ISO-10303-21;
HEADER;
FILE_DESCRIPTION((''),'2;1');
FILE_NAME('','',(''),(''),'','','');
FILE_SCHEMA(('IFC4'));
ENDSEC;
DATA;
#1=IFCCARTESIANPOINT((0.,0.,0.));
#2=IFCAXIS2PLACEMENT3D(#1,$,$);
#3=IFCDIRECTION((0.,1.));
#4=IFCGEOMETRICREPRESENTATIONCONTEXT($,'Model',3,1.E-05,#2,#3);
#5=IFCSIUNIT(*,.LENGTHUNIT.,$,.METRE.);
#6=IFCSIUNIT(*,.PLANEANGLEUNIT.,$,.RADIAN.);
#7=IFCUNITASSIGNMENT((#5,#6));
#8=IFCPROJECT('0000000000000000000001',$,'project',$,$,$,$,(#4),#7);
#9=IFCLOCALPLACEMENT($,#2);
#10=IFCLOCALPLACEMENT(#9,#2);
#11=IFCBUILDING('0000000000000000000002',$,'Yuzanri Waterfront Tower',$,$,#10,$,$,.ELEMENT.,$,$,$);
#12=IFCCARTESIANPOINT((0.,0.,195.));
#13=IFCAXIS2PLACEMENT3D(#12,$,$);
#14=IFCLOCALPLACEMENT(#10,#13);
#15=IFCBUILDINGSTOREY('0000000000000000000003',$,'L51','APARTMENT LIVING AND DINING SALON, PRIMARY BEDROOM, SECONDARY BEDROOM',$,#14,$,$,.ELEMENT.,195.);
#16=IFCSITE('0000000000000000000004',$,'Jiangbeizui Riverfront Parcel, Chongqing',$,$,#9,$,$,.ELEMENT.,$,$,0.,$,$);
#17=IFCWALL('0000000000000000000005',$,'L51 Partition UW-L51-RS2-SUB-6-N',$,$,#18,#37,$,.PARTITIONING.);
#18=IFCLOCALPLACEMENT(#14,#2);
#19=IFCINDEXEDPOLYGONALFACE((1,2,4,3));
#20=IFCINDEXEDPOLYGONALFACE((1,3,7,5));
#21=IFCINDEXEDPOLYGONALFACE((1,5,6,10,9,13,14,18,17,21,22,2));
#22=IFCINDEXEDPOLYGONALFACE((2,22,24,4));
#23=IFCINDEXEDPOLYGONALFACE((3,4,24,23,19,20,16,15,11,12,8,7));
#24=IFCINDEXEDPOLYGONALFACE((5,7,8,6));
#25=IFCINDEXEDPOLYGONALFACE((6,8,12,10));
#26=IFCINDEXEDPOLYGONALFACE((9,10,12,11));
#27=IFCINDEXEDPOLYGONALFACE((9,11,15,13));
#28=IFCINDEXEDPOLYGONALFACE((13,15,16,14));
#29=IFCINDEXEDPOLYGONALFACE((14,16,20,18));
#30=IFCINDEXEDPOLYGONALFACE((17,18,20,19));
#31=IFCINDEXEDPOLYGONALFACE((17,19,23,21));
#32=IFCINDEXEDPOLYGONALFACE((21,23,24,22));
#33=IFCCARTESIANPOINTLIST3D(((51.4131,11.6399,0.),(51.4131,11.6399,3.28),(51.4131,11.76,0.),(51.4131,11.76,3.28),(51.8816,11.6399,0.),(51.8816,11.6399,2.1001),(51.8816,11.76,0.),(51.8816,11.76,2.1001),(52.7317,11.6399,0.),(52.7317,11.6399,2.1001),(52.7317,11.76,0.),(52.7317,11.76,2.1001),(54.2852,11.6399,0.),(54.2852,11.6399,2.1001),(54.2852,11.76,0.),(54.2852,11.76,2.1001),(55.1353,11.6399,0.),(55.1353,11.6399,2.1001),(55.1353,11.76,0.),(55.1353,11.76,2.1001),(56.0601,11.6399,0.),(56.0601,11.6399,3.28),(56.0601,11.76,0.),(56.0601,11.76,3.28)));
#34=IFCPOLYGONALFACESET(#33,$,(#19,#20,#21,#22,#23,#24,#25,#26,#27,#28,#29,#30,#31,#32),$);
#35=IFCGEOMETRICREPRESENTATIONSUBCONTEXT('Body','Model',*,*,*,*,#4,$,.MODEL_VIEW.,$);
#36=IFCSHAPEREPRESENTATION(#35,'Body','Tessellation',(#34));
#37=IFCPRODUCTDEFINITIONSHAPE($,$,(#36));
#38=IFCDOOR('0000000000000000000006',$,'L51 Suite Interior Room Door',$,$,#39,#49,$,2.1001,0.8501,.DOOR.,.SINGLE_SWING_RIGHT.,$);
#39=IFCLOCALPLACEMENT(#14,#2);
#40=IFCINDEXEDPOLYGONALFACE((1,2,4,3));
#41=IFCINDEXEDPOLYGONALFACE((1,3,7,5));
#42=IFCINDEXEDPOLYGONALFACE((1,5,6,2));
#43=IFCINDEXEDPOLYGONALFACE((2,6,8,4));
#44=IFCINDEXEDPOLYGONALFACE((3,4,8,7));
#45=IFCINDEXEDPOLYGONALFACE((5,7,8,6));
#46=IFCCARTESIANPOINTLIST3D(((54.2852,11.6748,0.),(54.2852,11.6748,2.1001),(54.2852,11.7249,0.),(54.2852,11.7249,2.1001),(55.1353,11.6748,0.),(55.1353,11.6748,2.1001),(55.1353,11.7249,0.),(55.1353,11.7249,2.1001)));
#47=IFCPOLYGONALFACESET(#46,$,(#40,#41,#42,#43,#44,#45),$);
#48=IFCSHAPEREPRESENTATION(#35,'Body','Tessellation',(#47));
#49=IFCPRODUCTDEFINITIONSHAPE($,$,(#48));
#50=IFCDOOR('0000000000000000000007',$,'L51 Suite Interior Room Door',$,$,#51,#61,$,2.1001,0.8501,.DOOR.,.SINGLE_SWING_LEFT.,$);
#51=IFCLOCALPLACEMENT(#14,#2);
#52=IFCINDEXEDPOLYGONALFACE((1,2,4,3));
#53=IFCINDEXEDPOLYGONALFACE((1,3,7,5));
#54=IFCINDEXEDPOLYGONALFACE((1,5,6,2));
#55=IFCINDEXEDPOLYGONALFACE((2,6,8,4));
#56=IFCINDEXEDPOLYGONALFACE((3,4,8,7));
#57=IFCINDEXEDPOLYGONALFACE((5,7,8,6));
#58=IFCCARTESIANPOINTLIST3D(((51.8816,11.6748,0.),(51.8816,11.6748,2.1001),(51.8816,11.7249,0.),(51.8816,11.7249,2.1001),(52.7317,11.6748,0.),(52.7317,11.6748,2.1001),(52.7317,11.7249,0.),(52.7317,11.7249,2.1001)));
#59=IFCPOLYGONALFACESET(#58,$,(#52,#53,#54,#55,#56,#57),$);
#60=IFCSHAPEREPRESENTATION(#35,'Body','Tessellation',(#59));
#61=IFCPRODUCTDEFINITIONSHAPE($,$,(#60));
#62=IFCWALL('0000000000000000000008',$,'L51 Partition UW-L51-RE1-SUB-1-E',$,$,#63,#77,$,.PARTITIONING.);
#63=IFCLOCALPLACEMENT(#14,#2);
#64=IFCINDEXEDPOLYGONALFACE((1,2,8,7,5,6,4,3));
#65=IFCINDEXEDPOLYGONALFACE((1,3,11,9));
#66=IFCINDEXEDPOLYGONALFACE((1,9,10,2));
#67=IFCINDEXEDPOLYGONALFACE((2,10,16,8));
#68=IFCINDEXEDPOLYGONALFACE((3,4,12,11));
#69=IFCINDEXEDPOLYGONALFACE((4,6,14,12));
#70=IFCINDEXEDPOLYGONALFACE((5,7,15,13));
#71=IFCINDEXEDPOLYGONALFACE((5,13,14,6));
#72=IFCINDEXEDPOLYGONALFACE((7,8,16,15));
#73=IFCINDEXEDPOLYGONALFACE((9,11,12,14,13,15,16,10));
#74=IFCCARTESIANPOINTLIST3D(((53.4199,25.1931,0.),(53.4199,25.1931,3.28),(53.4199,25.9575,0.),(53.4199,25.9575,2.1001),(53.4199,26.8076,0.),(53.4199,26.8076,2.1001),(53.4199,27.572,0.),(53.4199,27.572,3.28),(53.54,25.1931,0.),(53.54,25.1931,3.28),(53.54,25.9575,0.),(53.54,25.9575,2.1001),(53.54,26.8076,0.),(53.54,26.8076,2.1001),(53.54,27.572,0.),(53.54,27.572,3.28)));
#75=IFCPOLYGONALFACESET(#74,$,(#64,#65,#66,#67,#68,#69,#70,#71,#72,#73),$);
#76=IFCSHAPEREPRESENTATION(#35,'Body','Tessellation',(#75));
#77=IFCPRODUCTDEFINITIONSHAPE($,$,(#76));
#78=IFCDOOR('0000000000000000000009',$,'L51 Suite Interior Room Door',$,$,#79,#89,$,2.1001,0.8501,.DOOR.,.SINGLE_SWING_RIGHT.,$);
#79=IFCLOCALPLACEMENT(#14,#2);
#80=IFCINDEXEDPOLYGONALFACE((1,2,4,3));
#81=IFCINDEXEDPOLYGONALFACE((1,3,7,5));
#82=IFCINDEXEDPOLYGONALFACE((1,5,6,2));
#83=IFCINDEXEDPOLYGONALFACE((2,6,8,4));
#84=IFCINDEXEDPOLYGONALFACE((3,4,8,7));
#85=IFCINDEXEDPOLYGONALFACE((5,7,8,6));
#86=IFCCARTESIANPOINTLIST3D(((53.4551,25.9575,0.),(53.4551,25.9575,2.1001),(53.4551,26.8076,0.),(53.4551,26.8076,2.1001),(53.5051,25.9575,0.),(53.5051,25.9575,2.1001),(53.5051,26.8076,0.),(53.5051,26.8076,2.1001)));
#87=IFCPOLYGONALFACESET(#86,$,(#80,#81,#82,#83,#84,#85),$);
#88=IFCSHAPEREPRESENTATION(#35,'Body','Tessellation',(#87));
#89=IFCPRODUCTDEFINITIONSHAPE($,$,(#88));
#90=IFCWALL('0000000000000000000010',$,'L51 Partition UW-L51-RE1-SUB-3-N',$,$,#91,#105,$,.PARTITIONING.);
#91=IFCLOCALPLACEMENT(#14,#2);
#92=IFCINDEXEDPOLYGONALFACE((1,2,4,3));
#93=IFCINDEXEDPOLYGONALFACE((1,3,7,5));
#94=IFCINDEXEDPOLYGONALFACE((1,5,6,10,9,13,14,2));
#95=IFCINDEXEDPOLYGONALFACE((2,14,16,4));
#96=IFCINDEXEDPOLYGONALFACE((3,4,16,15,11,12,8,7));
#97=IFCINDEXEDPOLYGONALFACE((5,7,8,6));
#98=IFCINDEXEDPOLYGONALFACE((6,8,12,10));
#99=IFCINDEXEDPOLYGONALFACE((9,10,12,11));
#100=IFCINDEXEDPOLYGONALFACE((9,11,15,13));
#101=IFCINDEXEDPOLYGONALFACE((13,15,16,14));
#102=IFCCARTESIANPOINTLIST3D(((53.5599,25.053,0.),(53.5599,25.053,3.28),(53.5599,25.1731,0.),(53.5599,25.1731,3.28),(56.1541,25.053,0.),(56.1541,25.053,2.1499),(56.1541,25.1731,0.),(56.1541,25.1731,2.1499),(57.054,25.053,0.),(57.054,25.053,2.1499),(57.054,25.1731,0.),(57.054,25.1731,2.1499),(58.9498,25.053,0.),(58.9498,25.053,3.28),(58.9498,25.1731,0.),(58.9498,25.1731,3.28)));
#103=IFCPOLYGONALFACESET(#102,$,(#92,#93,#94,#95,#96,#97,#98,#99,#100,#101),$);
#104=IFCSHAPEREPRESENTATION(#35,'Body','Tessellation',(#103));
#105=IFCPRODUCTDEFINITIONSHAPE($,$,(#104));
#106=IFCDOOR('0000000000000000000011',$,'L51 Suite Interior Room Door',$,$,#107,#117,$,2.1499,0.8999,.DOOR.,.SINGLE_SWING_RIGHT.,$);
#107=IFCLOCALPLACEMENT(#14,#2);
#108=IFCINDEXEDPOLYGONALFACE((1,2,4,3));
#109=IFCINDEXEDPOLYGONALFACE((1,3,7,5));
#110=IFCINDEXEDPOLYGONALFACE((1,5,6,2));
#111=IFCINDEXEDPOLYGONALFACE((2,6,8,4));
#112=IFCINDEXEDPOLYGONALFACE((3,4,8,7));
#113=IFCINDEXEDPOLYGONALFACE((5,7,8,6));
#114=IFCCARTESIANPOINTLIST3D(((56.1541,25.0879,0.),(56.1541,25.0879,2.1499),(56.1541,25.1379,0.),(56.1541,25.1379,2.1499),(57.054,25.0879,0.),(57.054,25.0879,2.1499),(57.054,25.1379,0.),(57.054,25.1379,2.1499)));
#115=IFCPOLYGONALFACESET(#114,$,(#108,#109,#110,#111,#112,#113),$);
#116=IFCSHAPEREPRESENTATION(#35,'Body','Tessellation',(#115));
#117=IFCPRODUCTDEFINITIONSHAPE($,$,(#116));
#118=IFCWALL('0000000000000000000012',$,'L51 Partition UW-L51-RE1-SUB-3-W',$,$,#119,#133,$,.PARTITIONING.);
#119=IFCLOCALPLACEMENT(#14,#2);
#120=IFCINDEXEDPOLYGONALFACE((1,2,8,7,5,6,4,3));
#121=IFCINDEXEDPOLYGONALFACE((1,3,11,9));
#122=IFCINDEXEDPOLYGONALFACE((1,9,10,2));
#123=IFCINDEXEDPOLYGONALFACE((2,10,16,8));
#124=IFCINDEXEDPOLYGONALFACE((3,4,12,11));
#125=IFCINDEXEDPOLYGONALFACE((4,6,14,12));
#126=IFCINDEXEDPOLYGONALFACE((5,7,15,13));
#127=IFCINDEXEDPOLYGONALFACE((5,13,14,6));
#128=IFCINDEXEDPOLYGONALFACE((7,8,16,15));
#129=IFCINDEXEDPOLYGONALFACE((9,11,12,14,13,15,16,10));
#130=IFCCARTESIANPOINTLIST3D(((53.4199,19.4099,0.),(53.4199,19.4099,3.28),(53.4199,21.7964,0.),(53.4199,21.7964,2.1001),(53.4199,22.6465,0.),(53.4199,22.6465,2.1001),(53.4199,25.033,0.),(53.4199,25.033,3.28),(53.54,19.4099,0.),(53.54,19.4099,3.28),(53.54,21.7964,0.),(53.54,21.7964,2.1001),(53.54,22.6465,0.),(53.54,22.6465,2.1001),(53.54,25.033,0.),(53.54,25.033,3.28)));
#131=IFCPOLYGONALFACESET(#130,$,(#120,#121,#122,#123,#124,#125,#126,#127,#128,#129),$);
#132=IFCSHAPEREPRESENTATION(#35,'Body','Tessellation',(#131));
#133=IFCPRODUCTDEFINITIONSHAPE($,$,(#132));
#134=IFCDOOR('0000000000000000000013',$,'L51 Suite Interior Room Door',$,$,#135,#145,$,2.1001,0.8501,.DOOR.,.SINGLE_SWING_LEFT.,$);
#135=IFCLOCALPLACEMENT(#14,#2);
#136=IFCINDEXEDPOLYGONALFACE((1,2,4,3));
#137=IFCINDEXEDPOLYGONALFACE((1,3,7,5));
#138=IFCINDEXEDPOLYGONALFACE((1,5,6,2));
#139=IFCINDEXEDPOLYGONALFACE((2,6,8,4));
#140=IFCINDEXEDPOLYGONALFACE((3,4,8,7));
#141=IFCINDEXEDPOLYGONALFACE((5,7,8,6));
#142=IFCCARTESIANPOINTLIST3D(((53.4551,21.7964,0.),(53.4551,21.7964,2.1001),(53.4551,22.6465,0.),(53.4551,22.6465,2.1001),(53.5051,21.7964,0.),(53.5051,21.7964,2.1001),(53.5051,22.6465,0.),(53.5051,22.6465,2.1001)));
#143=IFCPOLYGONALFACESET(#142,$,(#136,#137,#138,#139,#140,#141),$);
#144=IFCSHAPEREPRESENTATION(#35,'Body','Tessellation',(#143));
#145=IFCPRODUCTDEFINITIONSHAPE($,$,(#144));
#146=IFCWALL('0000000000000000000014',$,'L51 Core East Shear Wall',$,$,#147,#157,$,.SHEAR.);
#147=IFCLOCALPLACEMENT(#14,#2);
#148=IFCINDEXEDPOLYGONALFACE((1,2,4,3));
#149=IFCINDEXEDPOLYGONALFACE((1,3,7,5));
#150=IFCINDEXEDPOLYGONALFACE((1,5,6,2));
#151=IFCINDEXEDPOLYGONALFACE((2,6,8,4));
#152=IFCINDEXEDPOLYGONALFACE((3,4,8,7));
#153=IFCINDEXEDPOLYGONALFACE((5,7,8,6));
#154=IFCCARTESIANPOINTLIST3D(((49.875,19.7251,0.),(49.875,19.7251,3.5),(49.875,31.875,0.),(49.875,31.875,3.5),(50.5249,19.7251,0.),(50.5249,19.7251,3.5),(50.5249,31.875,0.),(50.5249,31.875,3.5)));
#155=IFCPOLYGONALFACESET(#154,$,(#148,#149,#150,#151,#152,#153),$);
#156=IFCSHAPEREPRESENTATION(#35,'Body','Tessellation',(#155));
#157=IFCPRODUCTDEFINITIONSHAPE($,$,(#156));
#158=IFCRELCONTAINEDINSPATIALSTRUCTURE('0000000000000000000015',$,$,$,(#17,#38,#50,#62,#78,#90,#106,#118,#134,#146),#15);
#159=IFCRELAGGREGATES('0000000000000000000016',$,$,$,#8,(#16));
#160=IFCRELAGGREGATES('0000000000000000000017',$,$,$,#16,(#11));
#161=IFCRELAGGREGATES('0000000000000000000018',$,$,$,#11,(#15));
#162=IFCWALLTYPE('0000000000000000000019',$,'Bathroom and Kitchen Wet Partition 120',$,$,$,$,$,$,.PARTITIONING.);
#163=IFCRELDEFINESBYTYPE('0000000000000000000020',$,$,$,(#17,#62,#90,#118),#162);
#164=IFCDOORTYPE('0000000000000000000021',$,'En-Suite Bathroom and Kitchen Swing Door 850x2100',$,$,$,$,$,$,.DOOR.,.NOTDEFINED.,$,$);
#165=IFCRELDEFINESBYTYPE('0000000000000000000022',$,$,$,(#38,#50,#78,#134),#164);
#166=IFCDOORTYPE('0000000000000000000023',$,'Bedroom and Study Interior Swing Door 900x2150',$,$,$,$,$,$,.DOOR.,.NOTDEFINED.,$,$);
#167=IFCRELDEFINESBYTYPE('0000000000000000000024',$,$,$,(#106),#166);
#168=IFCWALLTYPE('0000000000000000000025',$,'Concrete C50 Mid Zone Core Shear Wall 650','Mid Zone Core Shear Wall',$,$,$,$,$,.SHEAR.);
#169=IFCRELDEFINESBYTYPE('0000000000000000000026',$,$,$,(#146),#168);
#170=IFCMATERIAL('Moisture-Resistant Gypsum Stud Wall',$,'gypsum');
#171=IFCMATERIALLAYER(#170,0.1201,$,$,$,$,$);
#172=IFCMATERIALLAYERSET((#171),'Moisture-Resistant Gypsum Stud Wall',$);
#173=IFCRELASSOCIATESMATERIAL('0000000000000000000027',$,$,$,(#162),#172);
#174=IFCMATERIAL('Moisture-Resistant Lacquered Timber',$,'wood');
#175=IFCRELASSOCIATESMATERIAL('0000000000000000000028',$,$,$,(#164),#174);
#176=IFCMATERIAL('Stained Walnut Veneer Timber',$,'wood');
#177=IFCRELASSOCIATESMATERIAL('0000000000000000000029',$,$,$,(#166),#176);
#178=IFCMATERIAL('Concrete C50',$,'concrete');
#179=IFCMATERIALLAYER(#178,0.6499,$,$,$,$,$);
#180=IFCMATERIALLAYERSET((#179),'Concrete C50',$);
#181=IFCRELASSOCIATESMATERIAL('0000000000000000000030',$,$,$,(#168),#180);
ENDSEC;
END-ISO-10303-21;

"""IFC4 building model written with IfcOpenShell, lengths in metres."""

from ifc_helpers import new_model, si_unit, direction, frame, frame_2d, origin, place, context, subcontext, project, spatial, rectangle, extrude, source, transform, mapped, material, layer, layer_set, type_object, element, fill, save


model = new_model("IFC4")

# Units and contexts
model_context = context("Model", 3, precision=1e-05, world=origin(), true_north=direction((0.0, 1.0)))
body_context = subcontext(model_context, "Body", "Model", "MODEL_VIEW")
ifc_project = project(units=[si_unit("LENGTHUNIT", "METRE"), si_unit("PLANEANGLEUNIT", "RADIAN")], contexts=[model_context])

# Site, building, storey
site_placement = place(None, origin())
site = spatial("IfcSite", under=ifc_project, at=site_placement, Name="Jiangbeizui Riverfront Parcel, Chongqing", CompositionType="ELEMENT", RefElevation=0.0)
building_placement = place(site_placement, origin())
building = spatial("IfcBuilding", under=site, at=building_placement, Name="Yuzanri Waterfront Tower", CompositionType="ELEMENT")
storey_placement = place(building_placement, frame((0.0, 0.0, 195.0)))
storey = spatial("IfcBuildingStorey", under=building, at=storey_placement, Name="L51", Description="APARTMENT LIVING AND DINING SALON, PRIMARY BEDROOM, SECONDARY BEDROOM", CompositionType="ELEMENT", Elevation=195.0)

# Wall, openings, doors
ifc_material_1 = material(Name="Moisture-Resistant Gypsum Stud Wall", Category="gypsum")
ifc_layer_1 = layer(ifc_material_1, 0.1201)
ifc_layer_set_1 = layer_set([ifc_layer_1], Name="Moisture-Resistant Gypsum Stud Wall")
wall_type_1 = type_object("IfcWallType", Name="Bathroom and Kitchen Wet Partition 120", PredefinedType="PARTITIONING", material=ifc_layer_set_1)
wall_1_placement = place(storey_placement, frame((51.4131, 11.7, 0.0), z_axis=(0.0, 0.0, 1.0), x_axis=(1.0, 0.0, 0.0)))
wall_1 = element("IfcWall", 1, at=wall_1_placement, inside=storey, type_object=wall_type_1, Name="L51 Partition UW-L51-RS2-SUB-6-N", PredefinedType="PARTITIONING", context=body_context, shape_type="SweptSolid", body=[
    extrude(rectangle(XDim=4.647, YDim=0.1201, at=frame_2d((2.3235, 0.0))), origin(), (0.0, 0.0, 1.0), 3.28),
])
opening_1_placement = place(wall_1_placement, frame((2.8721, 0.0, 0.0)))
opening_1 = element("IfcOpeningElement", 2, at=opening_1_placement, cuts=wall_1, PredefinedType="OPENING", context=body_context, shape_type="SweptSolid", body=[
    extrude(rectangle(XDim=0.8501, YDim=2.1001, at=frame_2d((0.425, 1.05))), frame((0.0, 0.075, 0.0), z_axis=(0.0, -1.0, 0.0), x_axis=(1.0, 0.0, 0.0)), (0.0, 0.0, 1.0), 0.1499),
])
opening_2_placement = place(wall_1_placement, frame((0.4685, 0.0, 0.0)))
opening_2 = element("IfcOpeningElement", 3, at=opening_2_placement, cuts=wall_1, PredefinedType="OPENING", context=body_context, shape_type="SweptSolid", body=[
    extrude(rectangle(XDim=0.8501, YDim=2.1001, at=frame_2d((0.425, 1.05))), frame((0.0, 0.075, 0.0), z_axis=(0.0, -1.0, 0.0), x_axis=(1.0, 0.0, 0.0)), (0.0, 0.0, 1.0), 0.1499),
])
ifc_material_2 = material(Name="Moisture-Resistant Lacquered Timber", Category="wood")
door_type_1 = type_object("IfcDoorType", Name="En-Suite Bathroom and Kitchen Swing Door 850x2100", OperationType="NOTDEFINED", PredefinedType="DOOR", material=ifc_material_2)
shared_shape_1 = source(origin(), body_context, "Body", "SweptSolid", [
    extrude(rectangle(XDim=0.8501, YDim=2.1001, at=frame_2d((0.425, 1.05))), frame((0.0, 0.0249, 0.0), z_axis=(0.0, -1.0, 0.0), x_axis=(1.0, 0.0, 0.0)), (0.0, 0.0, 1.0), 0.05),
])
door_1_placement = place(opening_1_placement, origin())
door_1 = element("IfcDoor", 4, at=door_1_placement, inside=storey, type_object=door_type_1, Name="L51 Suite Interior Room Door", OperationType="SINGLE_SWING_RIGHT", OverallHeight=2.1001, OverallWidth=0.8501, PredefinedType="DOOR", context=body_context, shape_type="MappedRepresentation", body=[
    mapped(shared_shape_1, transform((0.0, 0.0, 0.0), scale=1.0)),
])
fill(opening_1, door_1)
door_2_placement = place(opening_2_placement, origin())
door_2 = element("IfcDoor", 5, at=door_2_placement, inside=storey, type_object=door_type_1, Name="L51 Suite Interior Room Door", OperationType="SINGLE_SWING_LEFT", OverallHeight=2.1001, OverallWidth=0.8501, PredefinedType="DOOR", context=body_context, shape_type="MappedRepresentation", body=[
    mapped(shared_shape_1, transform((0.0, 0.0, 0.0), scale=1.0)),
])
fill(opening_2, door_2)

# Walls, openings, doors
wall_2_placement = place(storey_placement, frame((53.48, 25.1931, 0.0), z_axis=(0.0, 0.0, 1.0), x_axis=(0.0, 1.0, 0.0)))
wall_2 = element("IfcWall", 6, at=wall_2_placement, inside=storey, type_object=wall_type_1, Name="L51 Partition UW-L51-RE1-SUB-1-E", PredefinedType="PARTITIONING", context=body_context, shape_type="SweptSolid", body=[
    extrude(rectangle(XDim=2.3789, YDim=0.1201, at=frame_2d((1.1895, 0.0))), origin(), (0.0, 0.0, 1.0), 3.28),
])
opening_3_placement = place(wall_2_placement, frame((0.7644, 0.0, 0.0)))
opening_3 = element("IfcOpeningElement", 7, at=opening_3_placement, cuts=wall_2, PredefinedType="OPENING", context=body_context, shape_type="SweptSolid", body=[
    extrude(rectangle(XDim=0.8501, YDim=2.1001, at=frame_2d((0.425, 1.05))), frame((0.0, 0.075, 0.0), z_axis=(0.0, -1.0, 0.0), x_axis=(1.0, 0.0, 0.0)), (0.0, 0.0, 1.0), 0.1499),
])
door_3_placement = place(opening_3_placement, origin())
door_3 = element("IfcDoor", 8, at=door_3_placement, inside=storey, type_object=door_type_1, Name="L51 Suite Interior Room Door", OperationType="SINGLE_SWING_RIGHT", OverallHeight=2.1001, OverallWidth=0.8501, PredefinedType="DOOR", context=body_context, shape_type="MappedRepresentation", body=[
    mapped(shared_shape_1, transform((0.0, 0.0, 0.0), scale=1.0)),
])
fill(opening_3, door_3)
wall_3_placement = place(storey_placement, frame((53.5601, 25.113, 0.0), z_axis=(0.0, 0.0, 1.0), x_axis=(1.0, 0.0, 0.0)))
wall_3 = element("IfcWall", 9, at=wall_3_placement, inside=storey, type_object=wall_type_1, Name="L51 Partition UW-L51-RE1-SUB-3-N", PredefinedType="PARTITIONING", context=body_context, shape_type="SweptSolid", body=[
    extrude(rectangle(XDim=5.3899, YDim=0.1201, at=frame_2d((2.6948, 0.0))), origin(), (0.0, 0.0, 1.0), 3.28),
])
opening_4_placement = place(wall_3_placement, frame((2.594, 0.0, 0.0)))
opening_4 = element("IfcOpeningElement", 10, at=opening_4_placement, cuts=wall_3, PredefinedType="OPENING", context=body_context, shape_type="SweptSolid", body=[
    extrude(rectangle(XDim=0.8999, YDim=2.1499, at=frame_2d((0.45, 1.075))), frame((0.0, 0.075, 0.0), z_axis=(0.0, -1.0, 0.0), x_axis=(1.0, 0.0, 0.0)), (0.0, 0.0, 1.0), 0.1499),
])
ifc_material_3 = material(Name="Stained Walnut Veneer Timber", Category="wood")
door_type_2 = type_object("IfcDoorType", Name="Bedroom and Study Interior Swing Door 900x2150", OperationType="NOTDEFINED", PredefinedType="DOOR", material=ifc_material_3)
shared_shape_2 = source(origin(), body_context, "Body", "SweptSolid", [
    extrude(rectangle(XDim=0.8999, YDim=2.1499, at=frame_2d((0.45, 1.075))), frame((0.0, 0.0249, 0.0), z_axis=(0.0, -1.0, 0.0), x_axis=(1.0, 0.0, 0.0)), (0.0, 0.0, 1.0), 0.05),
])
door_4_placement = place(opening_4_placement, origin())
door_4 = element("IfcDoor", 11, at=door_4_placement, inside=storey, type_object=door_type_2, Name="L51 Suite Interior Room Door", OperationType="SINGLE_SWING_RIGHT", OverallHeight=2.1499, OverallWidth=0.8999, PredefinedType="DOOR", context=body_context, shape_type="MappedRepresentation", body=[
    mapped(shared_shape_2, transform((0.0, 0.0, 0.0), scale=1.0)),
])
fill(opening_4, door_4)
wall_4_placement = place(storey_placement, frame((53.48, 19.4099, 0.0), z_axis=(0.0, 0.0, 1.0), x_axis=(0.0, 1.0, 0.0)))
wall_4 = element("IfcWall", 12, at=wall_4_placement, inside=storey, type_object=wall_type_1, Name="L51 Partition UW-L51-RE1-SUB-3-W", PredefinedType="PARTITIONING", context=body_context, shape_type="SweptSolid", body=[
    extrude(rectangle(XDim=5.623, YDim=0.1201, at=frame_2d((2.8115, 0.0))), origin(), (0.0, 0.0, 1.0), 3.28),
])
opening_5_placement = place(wall_4_placement, frame((2.3865, 0.0, 0.0)))
opening_5 = element("IfcOpeningElement", 13, at=opening_5_placement, cuts=wall_4, PredefinedType="OPENING", context=body_context, shape_type="SweptSolid", body=[
    extrude(rectangle(XDim=0.8501, YDim=2.1001, at=frame_2d((0.425, 1.05))), frame((0.0, 0.075, 0.0), z_axis=(0.0, -1.0, 0.0), x_axis=(1.0, 0.0, 0.0)), (0.0, 0.0, 1.0), 0.1499),
])
door_5_placement = place(opening_5_placement, origin())
door_5 = element("IfcDoor", 14, at=door_5_placement, inside=storey, type_object=door_type_1, Name="L51 Suite Interior Room Door", OperationType="SINGLE_SWING_LEFT", OverallHeight=2.1001, OverallWidth=0.8501, PredefinedType="DOOR", context=body_context, shape_type="MappedRepresentation", body=[
    mapped(shared_shape_1, transform((0.0, 0.0, 0.0), scale=1.0)),
])
fill(opening_5, door_5)

# Wall
ifc_material_4 = material(Name="Concrete C50", Category="concrete")
ifc_layer_2 = layer(ifc_material_4, 0.6499)
ifc_layer_set_2 = layer_set([ifc_layer_2], Name="Concrete C50")
wall_type_2 = type_object("IfcWallType", Name="Concrete C50 Mid Zone Core Shear Wall 650", Description="Mid Zone Core Shear Wall", PredefinedType="SHEAR", material=ifc_layer_set_2)
shared_shape_3 = source(origin(), body_context, "Body", "SweptSolid", [
    extrude(rectangle(XDim=12.1499, YDim=0.6499, at=frame_2d((6.075, 0.0))), origin(), (0.0, 0.0, 1.0), 3.5),
])
wall_5_placement = place(storey_placement, frame((50.2, 19.7251, 0.0), z_axis=(0.0, 0.0, 1.0), x_axis=(0.0, 1.0, 0.0)))
element("IfcWall", 15, at=wall_5_placement, inside=storey, type_object=wall_type_2, Name="L51 Core East Shear Wall", PredefinedType="SHEAR", context=body_context, shape_type="MappedRepresentation", body=[
    mapped(shared_shape_3, transform((0.0, 0.0, 0.0), scale=1.0)),
])

save(model, "model.ifc")
